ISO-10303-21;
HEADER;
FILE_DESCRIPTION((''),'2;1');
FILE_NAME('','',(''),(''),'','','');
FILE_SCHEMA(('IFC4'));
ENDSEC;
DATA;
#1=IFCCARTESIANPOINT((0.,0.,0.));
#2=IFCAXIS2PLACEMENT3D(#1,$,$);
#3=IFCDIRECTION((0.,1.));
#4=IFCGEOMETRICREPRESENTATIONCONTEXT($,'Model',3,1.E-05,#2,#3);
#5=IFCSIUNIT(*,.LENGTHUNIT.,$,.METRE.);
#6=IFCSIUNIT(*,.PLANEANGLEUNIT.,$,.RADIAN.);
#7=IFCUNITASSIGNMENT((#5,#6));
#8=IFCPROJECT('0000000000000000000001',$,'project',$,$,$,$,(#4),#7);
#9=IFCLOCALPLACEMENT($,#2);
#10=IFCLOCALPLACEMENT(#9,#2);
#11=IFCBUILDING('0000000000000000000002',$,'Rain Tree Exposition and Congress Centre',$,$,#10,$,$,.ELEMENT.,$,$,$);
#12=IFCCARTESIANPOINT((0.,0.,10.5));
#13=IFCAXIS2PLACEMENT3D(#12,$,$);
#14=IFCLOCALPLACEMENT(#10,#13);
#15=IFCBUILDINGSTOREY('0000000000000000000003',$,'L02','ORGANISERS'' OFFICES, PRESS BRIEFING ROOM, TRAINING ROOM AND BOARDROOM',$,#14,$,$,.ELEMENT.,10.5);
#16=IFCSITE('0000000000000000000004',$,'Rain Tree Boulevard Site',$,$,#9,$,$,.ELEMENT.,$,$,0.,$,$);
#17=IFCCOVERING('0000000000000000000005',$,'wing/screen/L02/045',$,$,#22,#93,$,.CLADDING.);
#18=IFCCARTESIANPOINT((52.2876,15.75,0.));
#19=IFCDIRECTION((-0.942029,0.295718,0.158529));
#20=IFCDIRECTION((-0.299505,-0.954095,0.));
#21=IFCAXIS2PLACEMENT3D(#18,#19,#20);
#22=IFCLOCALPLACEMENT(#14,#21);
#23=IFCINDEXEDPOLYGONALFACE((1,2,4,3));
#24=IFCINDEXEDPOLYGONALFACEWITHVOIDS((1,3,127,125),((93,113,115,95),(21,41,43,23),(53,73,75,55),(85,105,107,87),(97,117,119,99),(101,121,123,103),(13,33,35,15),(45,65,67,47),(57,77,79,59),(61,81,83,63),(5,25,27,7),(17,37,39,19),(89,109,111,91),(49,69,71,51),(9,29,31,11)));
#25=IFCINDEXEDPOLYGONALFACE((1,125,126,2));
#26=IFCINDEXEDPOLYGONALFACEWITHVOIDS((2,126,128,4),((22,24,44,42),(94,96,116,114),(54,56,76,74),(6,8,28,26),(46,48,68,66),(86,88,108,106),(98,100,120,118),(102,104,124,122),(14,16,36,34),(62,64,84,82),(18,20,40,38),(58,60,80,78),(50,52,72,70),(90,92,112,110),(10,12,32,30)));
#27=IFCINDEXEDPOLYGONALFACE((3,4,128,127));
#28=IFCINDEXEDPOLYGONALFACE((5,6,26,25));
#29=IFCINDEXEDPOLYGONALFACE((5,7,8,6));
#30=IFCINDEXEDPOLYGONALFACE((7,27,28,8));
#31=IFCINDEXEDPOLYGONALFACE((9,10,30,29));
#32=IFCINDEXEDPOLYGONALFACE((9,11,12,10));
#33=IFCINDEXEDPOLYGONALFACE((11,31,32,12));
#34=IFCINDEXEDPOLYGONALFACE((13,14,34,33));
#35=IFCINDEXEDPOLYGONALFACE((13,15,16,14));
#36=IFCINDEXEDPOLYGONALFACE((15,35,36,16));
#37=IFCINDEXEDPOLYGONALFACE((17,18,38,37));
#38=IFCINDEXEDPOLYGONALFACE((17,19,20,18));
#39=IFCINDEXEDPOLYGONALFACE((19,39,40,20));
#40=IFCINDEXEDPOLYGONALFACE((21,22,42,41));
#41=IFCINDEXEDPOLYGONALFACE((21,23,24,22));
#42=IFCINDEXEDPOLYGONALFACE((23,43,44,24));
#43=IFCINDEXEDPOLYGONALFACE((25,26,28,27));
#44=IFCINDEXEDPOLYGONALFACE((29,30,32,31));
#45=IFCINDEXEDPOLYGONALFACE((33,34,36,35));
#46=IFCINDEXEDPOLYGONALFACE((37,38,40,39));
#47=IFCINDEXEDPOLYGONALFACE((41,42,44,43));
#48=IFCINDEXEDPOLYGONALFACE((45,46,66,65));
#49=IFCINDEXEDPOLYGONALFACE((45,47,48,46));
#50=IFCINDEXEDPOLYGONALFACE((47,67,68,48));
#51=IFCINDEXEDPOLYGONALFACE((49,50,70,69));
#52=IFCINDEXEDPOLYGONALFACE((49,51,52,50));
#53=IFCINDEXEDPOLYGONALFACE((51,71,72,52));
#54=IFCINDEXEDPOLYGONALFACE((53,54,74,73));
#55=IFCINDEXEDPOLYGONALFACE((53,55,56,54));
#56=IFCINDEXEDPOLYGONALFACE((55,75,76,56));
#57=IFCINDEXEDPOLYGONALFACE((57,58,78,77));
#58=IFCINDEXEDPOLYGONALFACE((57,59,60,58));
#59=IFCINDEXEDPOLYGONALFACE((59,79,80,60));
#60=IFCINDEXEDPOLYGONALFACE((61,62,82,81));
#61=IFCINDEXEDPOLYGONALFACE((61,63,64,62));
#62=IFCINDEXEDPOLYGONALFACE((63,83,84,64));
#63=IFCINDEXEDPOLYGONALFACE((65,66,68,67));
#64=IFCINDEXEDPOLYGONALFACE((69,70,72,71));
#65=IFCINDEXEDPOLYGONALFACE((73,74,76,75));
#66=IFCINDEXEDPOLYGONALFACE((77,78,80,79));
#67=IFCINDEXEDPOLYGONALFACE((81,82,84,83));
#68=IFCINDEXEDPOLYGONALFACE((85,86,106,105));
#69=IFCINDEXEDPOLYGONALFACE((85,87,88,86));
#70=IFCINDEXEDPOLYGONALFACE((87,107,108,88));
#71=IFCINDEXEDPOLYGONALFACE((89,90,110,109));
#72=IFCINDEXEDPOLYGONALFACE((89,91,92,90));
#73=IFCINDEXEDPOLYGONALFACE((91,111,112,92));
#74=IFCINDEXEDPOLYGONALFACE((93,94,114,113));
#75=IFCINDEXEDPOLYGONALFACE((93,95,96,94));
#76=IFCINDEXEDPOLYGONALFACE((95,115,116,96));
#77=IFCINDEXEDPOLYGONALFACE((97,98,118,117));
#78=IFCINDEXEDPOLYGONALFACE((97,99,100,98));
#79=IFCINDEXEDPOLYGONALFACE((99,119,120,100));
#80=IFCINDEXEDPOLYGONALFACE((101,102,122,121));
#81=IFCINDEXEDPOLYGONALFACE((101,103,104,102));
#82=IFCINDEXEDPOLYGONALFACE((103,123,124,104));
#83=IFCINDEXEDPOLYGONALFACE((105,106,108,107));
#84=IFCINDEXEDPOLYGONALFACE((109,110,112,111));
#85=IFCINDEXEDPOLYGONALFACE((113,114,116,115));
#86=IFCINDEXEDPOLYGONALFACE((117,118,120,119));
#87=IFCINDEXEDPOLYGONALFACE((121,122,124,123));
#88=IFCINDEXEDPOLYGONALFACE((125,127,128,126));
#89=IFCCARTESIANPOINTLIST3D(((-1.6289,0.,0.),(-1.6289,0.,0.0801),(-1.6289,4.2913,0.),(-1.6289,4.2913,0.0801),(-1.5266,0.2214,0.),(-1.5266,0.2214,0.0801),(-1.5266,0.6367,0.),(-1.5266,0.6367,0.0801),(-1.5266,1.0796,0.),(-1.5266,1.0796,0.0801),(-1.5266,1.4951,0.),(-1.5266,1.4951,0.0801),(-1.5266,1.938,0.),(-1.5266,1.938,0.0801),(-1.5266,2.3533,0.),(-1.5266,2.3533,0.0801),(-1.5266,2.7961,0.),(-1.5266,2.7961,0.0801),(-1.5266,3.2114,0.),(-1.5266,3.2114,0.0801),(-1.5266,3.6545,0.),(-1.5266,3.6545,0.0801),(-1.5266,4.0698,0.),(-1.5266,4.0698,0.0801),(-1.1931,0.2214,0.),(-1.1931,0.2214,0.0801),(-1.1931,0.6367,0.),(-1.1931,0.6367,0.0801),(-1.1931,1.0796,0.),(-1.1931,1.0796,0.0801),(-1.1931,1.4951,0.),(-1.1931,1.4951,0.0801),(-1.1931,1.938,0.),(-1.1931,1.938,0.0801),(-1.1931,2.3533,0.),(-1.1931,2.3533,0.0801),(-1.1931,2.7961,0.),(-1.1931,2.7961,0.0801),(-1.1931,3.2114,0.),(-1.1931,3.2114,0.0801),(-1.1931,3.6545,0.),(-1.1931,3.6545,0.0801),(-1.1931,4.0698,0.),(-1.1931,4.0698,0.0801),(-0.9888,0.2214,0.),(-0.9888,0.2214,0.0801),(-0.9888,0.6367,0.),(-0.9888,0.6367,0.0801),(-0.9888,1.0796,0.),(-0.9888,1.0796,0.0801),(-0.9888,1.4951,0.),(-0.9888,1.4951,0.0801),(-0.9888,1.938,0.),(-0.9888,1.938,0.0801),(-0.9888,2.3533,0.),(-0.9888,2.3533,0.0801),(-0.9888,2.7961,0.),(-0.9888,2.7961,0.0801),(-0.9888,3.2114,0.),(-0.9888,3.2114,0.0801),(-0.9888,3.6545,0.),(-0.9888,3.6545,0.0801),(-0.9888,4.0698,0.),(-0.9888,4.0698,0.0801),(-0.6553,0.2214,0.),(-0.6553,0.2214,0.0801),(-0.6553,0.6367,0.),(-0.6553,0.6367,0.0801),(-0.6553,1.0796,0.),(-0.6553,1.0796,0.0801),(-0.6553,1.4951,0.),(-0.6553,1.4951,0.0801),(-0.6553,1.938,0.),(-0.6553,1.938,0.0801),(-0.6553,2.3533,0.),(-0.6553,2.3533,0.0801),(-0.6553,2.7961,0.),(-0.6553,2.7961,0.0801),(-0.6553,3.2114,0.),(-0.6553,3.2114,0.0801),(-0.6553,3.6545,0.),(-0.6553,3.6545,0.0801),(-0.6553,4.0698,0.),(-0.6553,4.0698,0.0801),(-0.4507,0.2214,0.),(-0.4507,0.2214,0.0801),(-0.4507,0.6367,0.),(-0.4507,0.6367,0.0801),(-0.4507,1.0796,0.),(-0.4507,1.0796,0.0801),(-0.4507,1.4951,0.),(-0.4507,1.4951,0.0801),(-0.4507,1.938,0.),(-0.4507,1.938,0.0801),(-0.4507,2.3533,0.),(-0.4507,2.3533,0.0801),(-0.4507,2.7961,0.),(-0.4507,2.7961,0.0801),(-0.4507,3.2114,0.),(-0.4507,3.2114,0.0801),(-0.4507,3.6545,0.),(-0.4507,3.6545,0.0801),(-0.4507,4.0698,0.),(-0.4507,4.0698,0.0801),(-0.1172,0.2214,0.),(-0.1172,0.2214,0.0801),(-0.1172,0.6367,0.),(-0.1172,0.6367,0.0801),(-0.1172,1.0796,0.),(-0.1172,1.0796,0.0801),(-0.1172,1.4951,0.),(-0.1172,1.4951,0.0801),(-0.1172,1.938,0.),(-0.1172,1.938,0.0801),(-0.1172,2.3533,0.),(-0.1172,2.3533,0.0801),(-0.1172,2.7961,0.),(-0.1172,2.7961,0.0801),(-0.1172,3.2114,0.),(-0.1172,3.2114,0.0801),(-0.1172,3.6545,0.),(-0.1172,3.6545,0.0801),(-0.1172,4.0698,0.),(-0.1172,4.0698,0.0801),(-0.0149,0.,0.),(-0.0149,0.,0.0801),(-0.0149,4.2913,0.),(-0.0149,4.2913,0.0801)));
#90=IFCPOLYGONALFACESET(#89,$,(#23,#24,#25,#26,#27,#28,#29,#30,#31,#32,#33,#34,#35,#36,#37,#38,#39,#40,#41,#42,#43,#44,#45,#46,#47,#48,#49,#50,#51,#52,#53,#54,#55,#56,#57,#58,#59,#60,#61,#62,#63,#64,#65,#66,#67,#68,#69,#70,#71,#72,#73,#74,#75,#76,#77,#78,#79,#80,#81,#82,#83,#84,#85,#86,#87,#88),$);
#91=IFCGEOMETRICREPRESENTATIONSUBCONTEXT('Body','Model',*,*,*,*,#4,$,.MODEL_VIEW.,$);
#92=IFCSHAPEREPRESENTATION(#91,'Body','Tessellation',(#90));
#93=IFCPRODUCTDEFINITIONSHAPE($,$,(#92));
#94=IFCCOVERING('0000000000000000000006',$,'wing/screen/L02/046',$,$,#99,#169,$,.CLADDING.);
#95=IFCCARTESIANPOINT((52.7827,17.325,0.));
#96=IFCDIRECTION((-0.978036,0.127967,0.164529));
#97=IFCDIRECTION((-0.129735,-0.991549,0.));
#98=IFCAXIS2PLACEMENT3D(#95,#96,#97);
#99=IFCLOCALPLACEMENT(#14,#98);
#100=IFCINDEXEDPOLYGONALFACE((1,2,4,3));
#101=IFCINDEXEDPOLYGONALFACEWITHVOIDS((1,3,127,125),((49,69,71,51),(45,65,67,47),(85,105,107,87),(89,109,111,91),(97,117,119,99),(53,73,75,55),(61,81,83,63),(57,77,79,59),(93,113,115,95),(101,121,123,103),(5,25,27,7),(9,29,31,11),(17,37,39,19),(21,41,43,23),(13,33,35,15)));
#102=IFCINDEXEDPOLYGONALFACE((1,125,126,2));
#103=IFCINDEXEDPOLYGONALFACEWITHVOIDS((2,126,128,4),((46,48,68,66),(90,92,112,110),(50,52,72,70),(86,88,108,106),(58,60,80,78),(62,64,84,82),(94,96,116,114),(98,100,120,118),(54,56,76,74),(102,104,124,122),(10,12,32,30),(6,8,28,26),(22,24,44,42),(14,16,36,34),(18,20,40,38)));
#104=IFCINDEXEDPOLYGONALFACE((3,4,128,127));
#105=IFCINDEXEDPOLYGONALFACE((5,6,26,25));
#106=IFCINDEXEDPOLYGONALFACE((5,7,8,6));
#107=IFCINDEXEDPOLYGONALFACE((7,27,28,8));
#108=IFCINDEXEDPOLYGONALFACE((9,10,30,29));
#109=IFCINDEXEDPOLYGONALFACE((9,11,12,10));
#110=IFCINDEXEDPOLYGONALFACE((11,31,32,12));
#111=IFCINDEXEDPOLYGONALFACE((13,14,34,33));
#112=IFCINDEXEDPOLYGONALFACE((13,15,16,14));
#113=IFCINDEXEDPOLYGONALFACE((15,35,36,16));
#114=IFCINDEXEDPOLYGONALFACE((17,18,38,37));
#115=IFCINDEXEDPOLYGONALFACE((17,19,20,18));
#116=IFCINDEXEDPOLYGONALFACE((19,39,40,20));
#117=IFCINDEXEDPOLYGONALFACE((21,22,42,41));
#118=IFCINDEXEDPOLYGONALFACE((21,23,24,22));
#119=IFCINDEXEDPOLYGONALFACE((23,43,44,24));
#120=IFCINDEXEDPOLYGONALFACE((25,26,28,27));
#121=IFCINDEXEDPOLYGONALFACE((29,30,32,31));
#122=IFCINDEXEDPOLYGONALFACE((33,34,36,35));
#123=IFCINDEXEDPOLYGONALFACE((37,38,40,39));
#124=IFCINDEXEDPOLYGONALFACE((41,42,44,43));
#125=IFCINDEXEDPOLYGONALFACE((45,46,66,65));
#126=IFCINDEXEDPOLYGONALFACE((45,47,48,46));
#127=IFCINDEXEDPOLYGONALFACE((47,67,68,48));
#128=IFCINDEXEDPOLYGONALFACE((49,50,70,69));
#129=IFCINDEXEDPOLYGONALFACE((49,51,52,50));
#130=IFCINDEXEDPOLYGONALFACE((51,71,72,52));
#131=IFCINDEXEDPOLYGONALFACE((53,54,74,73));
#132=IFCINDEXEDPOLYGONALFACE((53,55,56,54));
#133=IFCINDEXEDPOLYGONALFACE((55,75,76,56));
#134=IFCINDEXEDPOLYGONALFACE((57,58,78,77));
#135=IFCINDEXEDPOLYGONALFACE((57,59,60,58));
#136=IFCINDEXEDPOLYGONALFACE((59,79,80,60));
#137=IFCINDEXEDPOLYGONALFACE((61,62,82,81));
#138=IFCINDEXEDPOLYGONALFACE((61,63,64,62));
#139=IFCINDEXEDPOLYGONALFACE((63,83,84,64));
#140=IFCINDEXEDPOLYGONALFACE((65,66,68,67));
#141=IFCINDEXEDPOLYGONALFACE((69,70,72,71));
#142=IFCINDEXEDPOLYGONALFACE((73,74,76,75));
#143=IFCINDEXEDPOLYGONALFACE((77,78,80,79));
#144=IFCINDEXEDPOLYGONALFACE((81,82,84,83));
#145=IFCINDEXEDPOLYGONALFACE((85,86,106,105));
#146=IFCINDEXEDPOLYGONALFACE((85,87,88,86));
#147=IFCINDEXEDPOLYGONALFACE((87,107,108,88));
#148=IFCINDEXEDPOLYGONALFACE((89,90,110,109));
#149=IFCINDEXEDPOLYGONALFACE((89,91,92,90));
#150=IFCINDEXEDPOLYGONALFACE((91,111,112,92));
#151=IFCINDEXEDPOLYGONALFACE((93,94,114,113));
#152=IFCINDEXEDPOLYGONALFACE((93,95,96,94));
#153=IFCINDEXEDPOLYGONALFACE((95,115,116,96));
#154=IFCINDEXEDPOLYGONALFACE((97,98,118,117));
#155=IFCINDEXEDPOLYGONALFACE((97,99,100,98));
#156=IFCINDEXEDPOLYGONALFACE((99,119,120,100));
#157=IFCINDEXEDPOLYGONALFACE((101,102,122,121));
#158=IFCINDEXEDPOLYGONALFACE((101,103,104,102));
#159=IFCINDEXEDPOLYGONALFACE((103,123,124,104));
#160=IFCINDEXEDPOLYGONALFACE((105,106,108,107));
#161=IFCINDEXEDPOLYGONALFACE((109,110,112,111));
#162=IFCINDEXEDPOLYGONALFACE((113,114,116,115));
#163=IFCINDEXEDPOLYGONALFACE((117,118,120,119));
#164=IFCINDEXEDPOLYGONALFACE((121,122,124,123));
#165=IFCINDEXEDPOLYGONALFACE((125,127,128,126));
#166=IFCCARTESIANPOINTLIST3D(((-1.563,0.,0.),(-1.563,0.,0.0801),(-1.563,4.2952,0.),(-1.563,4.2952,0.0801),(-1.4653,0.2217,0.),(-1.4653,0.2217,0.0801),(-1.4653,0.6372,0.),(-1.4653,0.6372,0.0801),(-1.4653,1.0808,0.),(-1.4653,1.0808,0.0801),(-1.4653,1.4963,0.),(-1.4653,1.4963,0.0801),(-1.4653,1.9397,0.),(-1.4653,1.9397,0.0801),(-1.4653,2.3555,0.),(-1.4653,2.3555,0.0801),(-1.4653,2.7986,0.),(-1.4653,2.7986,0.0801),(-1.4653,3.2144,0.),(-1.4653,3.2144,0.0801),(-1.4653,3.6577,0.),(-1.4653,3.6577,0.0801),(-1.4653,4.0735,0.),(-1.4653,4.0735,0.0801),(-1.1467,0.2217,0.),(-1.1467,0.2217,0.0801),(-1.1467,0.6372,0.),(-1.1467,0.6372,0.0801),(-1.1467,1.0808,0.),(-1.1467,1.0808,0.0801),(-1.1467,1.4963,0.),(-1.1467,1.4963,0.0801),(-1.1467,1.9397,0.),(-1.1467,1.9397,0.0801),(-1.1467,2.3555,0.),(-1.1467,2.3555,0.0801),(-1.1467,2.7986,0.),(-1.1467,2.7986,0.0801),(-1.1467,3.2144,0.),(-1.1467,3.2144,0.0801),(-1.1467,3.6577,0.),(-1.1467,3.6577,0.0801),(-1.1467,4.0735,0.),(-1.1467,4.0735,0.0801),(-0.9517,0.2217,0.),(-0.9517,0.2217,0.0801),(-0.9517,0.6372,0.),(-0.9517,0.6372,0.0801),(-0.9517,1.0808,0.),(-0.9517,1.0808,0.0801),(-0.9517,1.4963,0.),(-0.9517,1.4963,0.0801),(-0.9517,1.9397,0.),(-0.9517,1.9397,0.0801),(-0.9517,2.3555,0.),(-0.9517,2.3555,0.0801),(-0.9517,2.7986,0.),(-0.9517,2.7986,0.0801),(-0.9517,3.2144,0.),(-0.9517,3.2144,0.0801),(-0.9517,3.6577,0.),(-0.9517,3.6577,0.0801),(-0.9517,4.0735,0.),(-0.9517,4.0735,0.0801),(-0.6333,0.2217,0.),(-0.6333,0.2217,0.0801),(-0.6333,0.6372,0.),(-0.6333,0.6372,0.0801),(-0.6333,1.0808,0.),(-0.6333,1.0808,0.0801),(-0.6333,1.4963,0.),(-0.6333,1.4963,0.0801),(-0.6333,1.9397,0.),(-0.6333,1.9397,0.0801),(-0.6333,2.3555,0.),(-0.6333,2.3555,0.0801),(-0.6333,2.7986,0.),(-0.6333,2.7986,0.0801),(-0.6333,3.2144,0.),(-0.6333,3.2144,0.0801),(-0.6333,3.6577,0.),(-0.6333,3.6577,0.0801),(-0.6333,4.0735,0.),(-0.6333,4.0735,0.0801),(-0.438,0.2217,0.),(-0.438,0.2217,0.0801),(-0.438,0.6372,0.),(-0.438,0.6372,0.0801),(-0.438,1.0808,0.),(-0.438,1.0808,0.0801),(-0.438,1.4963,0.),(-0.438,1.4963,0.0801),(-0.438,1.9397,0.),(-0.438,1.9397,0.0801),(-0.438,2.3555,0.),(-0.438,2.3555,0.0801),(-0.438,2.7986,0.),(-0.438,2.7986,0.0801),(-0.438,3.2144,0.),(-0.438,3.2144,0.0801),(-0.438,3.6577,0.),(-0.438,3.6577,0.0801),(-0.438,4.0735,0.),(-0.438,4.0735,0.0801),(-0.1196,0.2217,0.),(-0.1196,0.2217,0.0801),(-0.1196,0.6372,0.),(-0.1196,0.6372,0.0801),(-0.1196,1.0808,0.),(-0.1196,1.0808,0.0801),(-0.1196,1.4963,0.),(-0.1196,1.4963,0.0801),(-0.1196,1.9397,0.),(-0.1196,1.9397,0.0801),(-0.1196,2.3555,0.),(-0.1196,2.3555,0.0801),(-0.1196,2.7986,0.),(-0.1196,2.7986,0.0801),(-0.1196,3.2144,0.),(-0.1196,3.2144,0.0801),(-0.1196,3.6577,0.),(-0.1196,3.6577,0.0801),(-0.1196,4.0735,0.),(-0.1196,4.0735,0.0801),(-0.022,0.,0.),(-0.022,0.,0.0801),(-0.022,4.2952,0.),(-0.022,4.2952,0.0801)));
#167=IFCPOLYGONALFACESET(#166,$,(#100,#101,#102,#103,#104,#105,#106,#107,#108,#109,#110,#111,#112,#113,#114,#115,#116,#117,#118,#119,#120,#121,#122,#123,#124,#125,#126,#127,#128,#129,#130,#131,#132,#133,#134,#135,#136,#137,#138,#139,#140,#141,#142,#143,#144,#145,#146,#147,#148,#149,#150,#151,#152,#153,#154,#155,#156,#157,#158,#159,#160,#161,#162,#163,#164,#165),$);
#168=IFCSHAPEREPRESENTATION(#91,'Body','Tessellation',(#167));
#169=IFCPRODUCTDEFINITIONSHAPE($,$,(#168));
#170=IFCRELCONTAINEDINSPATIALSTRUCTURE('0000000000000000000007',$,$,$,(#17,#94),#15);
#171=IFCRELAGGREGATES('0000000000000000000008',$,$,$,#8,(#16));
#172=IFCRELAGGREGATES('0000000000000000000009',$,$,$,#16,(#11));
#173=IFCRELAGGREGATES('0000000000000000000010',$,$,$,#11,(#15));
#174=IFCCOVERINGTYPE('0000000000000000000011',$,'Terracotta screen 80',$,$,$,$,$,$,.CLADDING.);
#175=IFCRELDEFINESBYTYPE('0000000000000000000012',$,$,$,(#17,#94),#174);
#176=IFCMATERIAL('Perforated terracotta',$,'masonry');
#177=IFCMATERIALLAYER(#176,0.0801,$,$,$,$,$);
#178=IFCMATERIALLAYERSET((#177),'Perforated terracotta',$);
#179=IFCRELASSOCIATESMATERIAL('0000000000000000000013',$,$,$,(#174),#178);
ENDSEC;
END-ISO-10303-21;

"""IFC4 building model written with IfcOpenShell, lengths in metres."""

from ifc_helpers import new_model, si_unit, direction, frame, origin, place, context, subcontext, project, spatial, polyline, outline, extrude, material, layer, layer_set, type_object, element, save


model = new_model("IFC4")

# Units and contexts
model_context = context("Model", 3, precision=1e-05, world=origin(), true_north=direction((0.0, 1.0)))
body_context = subcontext(model_context, "Body", "Model", "MODEL_VIEW")
ifc_project = project(units=[si_unit("LENGTHUNIT", "METRE"), si_unit("PLANEANGLEUNIT", "RADIAN")], contexts=[model_context])

# Site, building, storey
site_placement = place(None, origin())
site = spatial("IfcSite", under=ifc_project, at=site_placement, Name="Rain Tree Boulevard Site", CompositionType="ELEMENT", RefElevation=0.0)
building_placement = place(site_placement, origin())
building = spatial("IfcBuilding", under=site, at=building_placement, Name="Rain Tree Exposition and Congress Centre", CompositionType="ELEMENT")
storey_placement = place(building_placement, frame((0.0, 0.0, 10.5)))
storey = spatial("IfcBuildingStorey", under=building, at=storey_placement, Name="L02", Description="ORGANISERS' OFFICES, PRESS BRIEFING ROOM, TRAINING ROOM AND BOARDROOM", CompositionType="ELEMENT", Elevation=10.5)

# Coverings
ifc_material_1 = material(Name="Perforated terracotta", Category="masonry")
ifc_layer_1 = layer(ifc_material_1, 0.0801)
ifc_layer_set_1 = layer_set([ifc_layer_1], Name="Perforated terracotta")
covering_type = type_object("IfcCoveringType", Name="Terracotta screen 80", PredefinedType="CLADDING", material=ifc_layer_set_1)
covering_1_placement = place(storey_placement, frame((52.2876, 15.75, 0.0), z_axis=(-0.942029, 0.295718, 0.158529), x_axis=(-0.299505, -0.954095, 0.0)))
element("IfcCovering", 1, at=covering_1_placement, inside=storey, type_object=covering_type, Name="wing/screen/L02/045", PredefinedType="CLADDING", context=body_context, shape_type="SweptSolid", body=[
    extrude(outline(polyline([(-1.6289, 0.0), (-1.6289, 4.2913), (-0.0149, 4.2913), (-0.0149, 0.0), (-1.6289, 0.0)]), holes=[polyline([(-0.1172, 0.2214), (-0.1172, 0.6367), (-0.4507, 0.6367), (-0.4507, 0.2214), (-0.1172, 0.2214)]), polyline([(-0.1172, 1.0796), (-0.1172, 1.4951), (-0.4507, 1.4951), (-0.4507, 1.0796), (-0.1172, 1.0796)]), polyline([(-0.1172, 1.938), (-0.1172, 2.3533), (-0.4507, 2.3533), (-0.4507, 1.938), (-0.1172, 1.938)]), polyline([(-0.1172, 2.7961), (-0.1172, 3.2114), (-0.4507, 3.2114), (-0.4507, 2.7961), (-0.1172, 2.7961)]), polyline([(-0.1172, 3.6545), (-0.1172, 4.0698), (-0.4507, 4.0698), (-0.4507, 3.6545), (-0.1172, 3.6545)]), polyline([(-0.6553, 0.2214), (-0.6553, 0.6367), (-0.9888, 0.6367), (-0.9888, 0.2214), (-0.6553, 0.2214)]), polyline([(-0.6553, 1.0796), (-0.6553, 1.4951), (-0.9888, 1.4951), (-0.9888, 1.0796), (-0.6553, 1.0796)]), polyline([(-0.6553, 1.938), (-0.6553, 2.3533), (-0.9888, 2.3533), (-0.9888, 1.938), (-0.6553, 1.938)]), polyline([(-0.6553, 2.7961), (-0.6553, 3.2114), (-0.9888, 3.2114), (-0.9888, 2.7961), (-0.6553, 2.7961)]), polyline([(-0.6553, 3.6545), (-0.6553, 4.0698), (-0.9888, 4.0698), (-0.9888, 3.6545), (-0.6553, 3.6545)]), polyline([(-1.1931, 0.2214), (-1.1931, 0.6367), (-1.5266, 0.6367), (-1.5266, 0.2214), (-1.1931, 0.2214)]), polyline([(-1.1931, 1.0796), (-1.1931, 1.4951), (-1.5266, 1.4951), (-1.5266, 1.0796), (-1.1931, 1.0796)]), polyline([(-1.1931, 1.938), (-1.1931, 2.3533), (-1.5266, 2.3533), (-1.5266, 1.938), (-1.1931, 1.938)]), polyline([(-1.1931, 2.7961), (-1.1931, 3.2114), (-1.5266, 3.2114), (-1.5266, 2.7961), (-1.1931, 2.7961)]), polyline([(-1.1931, 3.6545), (-1.1931, 4.0698), (-1.5266, 4.0698), (-1.5266, 3.6545), (-1.1931, 3.6545)])]), origin(), (0.0, 0.0, 1.0), 0.0801),
])
covering_2_placement = place(storey_placement, frame((52.7827, 17.325, 0.0), z_axis=(-0.978036, 0.127967, 0.164529), x_axis=(-0.129735, -0.991549, 0.0)))
element("IfcCovering", 2, at=covering_2_placement, inside=storey, type_object=covering_type, Name="wing/screen/L02/046", PredefinedType="CLADDING", context=body_context, shape_type="SweptSolid", body=[
    extrude(outline(polyline([(-1.563, 0.0), (-1.563, 4.2952), (-0.022, 4.2952), (-0.022, 0.0), (-1.563, 0.0)]), holes=[polyline([(-0.1196, 0.2217), (-0.1196, 0.6372), (-0.438, 0.6372), (-0.438, 0.2217), (-0.1196, 0.2217)]), polyline([(-0.1196, 1.0808), (-0.1196, 1.4963), (-0.438, 1.4963), (-0.438, 1.0808), (-0.1196, 1.0808)]), polyline([(-0.1196, 1.9397), (-0.1196, 2.3555), (-0.438, 2.3555), (-0.438, 1.9397), (-0.1196, 1.9397)]), polyline([(-0.1196, 2.7986), (-0.1196, 3.2144), (-0.438, 3.2144), (-0.438, 2.7986), (-0.1196, 2.7986)]), polyline([(-0.1196, 3.6577), (-0.1196, 4.0735), (-0.438, 4.0735), (-0.438, 3.6577), (-0.1196, 3.6577)]), polyline([(-0.6333, 0.2217), (-0.6333, 0.6372), (-0.9517, 0.6372), (-0.9517, 0.2217), (-0.6333, 0.2217)]), polyline([(-0.6333, 1.0808), (-0.6333, 1.4963), (-0.9517, 1.4963), (-0.9517, 1.0808), (-0.6333, 1.0808)]), polyline([(-0.6333, 1.9397), (-0.6333, 2.3555), (-0.9517, 2.3555), (-0.9517, 1.9397), (-0.6333, 1.9397)]), polyline([(-0.6333, 2.7986), (-0.6333, 3.2144), (-0.9517, 3.2144), (-0.9517, 2.7986), (-0.6333, 2.7986)]), polyline([(-0.6333, 3.6577), (-0.6333, 4.0735), (-0.9517, 4.0735), (-0.9517, 3.6577), (-0.6333, 3.6577)]), polyline([(-1.1467, 0.2217), (-1.1467, 0.6372), (-1.4653, 0.6372), (-1.4653, 0.2217), (-1.1467, 0.2217)]), polyline([(-1.1467, 1.0808), (-1.1467, 1.4963), (-1.4653, 1.4963), (-1.4653, 1.0808), (-1.1467, 1.0808)]), polyline([(-1.1467, 1.9397), (-1.1467, 2.3555), (-1.4653, 2.3555), (-1.4653, 1.9397), (-1.1467, 1.9397)]), polyline([(-1.1467, 2.7986), (-1.1467, 3.2144), (-1.4653, 3.2144), (-1.4653, 2.7986), (-1.1467, 2.7986)]), polyline([(-1.1467, 3.6577), (-1.1467, 4.0735), (-1.4653, 4.0735), (-1.4653, 3.6577), (-1.1467, 3.6577)])]), origin(), (0.0, 0.0, 1.0), 0.0801),
])

save(model, "model.ifc")
